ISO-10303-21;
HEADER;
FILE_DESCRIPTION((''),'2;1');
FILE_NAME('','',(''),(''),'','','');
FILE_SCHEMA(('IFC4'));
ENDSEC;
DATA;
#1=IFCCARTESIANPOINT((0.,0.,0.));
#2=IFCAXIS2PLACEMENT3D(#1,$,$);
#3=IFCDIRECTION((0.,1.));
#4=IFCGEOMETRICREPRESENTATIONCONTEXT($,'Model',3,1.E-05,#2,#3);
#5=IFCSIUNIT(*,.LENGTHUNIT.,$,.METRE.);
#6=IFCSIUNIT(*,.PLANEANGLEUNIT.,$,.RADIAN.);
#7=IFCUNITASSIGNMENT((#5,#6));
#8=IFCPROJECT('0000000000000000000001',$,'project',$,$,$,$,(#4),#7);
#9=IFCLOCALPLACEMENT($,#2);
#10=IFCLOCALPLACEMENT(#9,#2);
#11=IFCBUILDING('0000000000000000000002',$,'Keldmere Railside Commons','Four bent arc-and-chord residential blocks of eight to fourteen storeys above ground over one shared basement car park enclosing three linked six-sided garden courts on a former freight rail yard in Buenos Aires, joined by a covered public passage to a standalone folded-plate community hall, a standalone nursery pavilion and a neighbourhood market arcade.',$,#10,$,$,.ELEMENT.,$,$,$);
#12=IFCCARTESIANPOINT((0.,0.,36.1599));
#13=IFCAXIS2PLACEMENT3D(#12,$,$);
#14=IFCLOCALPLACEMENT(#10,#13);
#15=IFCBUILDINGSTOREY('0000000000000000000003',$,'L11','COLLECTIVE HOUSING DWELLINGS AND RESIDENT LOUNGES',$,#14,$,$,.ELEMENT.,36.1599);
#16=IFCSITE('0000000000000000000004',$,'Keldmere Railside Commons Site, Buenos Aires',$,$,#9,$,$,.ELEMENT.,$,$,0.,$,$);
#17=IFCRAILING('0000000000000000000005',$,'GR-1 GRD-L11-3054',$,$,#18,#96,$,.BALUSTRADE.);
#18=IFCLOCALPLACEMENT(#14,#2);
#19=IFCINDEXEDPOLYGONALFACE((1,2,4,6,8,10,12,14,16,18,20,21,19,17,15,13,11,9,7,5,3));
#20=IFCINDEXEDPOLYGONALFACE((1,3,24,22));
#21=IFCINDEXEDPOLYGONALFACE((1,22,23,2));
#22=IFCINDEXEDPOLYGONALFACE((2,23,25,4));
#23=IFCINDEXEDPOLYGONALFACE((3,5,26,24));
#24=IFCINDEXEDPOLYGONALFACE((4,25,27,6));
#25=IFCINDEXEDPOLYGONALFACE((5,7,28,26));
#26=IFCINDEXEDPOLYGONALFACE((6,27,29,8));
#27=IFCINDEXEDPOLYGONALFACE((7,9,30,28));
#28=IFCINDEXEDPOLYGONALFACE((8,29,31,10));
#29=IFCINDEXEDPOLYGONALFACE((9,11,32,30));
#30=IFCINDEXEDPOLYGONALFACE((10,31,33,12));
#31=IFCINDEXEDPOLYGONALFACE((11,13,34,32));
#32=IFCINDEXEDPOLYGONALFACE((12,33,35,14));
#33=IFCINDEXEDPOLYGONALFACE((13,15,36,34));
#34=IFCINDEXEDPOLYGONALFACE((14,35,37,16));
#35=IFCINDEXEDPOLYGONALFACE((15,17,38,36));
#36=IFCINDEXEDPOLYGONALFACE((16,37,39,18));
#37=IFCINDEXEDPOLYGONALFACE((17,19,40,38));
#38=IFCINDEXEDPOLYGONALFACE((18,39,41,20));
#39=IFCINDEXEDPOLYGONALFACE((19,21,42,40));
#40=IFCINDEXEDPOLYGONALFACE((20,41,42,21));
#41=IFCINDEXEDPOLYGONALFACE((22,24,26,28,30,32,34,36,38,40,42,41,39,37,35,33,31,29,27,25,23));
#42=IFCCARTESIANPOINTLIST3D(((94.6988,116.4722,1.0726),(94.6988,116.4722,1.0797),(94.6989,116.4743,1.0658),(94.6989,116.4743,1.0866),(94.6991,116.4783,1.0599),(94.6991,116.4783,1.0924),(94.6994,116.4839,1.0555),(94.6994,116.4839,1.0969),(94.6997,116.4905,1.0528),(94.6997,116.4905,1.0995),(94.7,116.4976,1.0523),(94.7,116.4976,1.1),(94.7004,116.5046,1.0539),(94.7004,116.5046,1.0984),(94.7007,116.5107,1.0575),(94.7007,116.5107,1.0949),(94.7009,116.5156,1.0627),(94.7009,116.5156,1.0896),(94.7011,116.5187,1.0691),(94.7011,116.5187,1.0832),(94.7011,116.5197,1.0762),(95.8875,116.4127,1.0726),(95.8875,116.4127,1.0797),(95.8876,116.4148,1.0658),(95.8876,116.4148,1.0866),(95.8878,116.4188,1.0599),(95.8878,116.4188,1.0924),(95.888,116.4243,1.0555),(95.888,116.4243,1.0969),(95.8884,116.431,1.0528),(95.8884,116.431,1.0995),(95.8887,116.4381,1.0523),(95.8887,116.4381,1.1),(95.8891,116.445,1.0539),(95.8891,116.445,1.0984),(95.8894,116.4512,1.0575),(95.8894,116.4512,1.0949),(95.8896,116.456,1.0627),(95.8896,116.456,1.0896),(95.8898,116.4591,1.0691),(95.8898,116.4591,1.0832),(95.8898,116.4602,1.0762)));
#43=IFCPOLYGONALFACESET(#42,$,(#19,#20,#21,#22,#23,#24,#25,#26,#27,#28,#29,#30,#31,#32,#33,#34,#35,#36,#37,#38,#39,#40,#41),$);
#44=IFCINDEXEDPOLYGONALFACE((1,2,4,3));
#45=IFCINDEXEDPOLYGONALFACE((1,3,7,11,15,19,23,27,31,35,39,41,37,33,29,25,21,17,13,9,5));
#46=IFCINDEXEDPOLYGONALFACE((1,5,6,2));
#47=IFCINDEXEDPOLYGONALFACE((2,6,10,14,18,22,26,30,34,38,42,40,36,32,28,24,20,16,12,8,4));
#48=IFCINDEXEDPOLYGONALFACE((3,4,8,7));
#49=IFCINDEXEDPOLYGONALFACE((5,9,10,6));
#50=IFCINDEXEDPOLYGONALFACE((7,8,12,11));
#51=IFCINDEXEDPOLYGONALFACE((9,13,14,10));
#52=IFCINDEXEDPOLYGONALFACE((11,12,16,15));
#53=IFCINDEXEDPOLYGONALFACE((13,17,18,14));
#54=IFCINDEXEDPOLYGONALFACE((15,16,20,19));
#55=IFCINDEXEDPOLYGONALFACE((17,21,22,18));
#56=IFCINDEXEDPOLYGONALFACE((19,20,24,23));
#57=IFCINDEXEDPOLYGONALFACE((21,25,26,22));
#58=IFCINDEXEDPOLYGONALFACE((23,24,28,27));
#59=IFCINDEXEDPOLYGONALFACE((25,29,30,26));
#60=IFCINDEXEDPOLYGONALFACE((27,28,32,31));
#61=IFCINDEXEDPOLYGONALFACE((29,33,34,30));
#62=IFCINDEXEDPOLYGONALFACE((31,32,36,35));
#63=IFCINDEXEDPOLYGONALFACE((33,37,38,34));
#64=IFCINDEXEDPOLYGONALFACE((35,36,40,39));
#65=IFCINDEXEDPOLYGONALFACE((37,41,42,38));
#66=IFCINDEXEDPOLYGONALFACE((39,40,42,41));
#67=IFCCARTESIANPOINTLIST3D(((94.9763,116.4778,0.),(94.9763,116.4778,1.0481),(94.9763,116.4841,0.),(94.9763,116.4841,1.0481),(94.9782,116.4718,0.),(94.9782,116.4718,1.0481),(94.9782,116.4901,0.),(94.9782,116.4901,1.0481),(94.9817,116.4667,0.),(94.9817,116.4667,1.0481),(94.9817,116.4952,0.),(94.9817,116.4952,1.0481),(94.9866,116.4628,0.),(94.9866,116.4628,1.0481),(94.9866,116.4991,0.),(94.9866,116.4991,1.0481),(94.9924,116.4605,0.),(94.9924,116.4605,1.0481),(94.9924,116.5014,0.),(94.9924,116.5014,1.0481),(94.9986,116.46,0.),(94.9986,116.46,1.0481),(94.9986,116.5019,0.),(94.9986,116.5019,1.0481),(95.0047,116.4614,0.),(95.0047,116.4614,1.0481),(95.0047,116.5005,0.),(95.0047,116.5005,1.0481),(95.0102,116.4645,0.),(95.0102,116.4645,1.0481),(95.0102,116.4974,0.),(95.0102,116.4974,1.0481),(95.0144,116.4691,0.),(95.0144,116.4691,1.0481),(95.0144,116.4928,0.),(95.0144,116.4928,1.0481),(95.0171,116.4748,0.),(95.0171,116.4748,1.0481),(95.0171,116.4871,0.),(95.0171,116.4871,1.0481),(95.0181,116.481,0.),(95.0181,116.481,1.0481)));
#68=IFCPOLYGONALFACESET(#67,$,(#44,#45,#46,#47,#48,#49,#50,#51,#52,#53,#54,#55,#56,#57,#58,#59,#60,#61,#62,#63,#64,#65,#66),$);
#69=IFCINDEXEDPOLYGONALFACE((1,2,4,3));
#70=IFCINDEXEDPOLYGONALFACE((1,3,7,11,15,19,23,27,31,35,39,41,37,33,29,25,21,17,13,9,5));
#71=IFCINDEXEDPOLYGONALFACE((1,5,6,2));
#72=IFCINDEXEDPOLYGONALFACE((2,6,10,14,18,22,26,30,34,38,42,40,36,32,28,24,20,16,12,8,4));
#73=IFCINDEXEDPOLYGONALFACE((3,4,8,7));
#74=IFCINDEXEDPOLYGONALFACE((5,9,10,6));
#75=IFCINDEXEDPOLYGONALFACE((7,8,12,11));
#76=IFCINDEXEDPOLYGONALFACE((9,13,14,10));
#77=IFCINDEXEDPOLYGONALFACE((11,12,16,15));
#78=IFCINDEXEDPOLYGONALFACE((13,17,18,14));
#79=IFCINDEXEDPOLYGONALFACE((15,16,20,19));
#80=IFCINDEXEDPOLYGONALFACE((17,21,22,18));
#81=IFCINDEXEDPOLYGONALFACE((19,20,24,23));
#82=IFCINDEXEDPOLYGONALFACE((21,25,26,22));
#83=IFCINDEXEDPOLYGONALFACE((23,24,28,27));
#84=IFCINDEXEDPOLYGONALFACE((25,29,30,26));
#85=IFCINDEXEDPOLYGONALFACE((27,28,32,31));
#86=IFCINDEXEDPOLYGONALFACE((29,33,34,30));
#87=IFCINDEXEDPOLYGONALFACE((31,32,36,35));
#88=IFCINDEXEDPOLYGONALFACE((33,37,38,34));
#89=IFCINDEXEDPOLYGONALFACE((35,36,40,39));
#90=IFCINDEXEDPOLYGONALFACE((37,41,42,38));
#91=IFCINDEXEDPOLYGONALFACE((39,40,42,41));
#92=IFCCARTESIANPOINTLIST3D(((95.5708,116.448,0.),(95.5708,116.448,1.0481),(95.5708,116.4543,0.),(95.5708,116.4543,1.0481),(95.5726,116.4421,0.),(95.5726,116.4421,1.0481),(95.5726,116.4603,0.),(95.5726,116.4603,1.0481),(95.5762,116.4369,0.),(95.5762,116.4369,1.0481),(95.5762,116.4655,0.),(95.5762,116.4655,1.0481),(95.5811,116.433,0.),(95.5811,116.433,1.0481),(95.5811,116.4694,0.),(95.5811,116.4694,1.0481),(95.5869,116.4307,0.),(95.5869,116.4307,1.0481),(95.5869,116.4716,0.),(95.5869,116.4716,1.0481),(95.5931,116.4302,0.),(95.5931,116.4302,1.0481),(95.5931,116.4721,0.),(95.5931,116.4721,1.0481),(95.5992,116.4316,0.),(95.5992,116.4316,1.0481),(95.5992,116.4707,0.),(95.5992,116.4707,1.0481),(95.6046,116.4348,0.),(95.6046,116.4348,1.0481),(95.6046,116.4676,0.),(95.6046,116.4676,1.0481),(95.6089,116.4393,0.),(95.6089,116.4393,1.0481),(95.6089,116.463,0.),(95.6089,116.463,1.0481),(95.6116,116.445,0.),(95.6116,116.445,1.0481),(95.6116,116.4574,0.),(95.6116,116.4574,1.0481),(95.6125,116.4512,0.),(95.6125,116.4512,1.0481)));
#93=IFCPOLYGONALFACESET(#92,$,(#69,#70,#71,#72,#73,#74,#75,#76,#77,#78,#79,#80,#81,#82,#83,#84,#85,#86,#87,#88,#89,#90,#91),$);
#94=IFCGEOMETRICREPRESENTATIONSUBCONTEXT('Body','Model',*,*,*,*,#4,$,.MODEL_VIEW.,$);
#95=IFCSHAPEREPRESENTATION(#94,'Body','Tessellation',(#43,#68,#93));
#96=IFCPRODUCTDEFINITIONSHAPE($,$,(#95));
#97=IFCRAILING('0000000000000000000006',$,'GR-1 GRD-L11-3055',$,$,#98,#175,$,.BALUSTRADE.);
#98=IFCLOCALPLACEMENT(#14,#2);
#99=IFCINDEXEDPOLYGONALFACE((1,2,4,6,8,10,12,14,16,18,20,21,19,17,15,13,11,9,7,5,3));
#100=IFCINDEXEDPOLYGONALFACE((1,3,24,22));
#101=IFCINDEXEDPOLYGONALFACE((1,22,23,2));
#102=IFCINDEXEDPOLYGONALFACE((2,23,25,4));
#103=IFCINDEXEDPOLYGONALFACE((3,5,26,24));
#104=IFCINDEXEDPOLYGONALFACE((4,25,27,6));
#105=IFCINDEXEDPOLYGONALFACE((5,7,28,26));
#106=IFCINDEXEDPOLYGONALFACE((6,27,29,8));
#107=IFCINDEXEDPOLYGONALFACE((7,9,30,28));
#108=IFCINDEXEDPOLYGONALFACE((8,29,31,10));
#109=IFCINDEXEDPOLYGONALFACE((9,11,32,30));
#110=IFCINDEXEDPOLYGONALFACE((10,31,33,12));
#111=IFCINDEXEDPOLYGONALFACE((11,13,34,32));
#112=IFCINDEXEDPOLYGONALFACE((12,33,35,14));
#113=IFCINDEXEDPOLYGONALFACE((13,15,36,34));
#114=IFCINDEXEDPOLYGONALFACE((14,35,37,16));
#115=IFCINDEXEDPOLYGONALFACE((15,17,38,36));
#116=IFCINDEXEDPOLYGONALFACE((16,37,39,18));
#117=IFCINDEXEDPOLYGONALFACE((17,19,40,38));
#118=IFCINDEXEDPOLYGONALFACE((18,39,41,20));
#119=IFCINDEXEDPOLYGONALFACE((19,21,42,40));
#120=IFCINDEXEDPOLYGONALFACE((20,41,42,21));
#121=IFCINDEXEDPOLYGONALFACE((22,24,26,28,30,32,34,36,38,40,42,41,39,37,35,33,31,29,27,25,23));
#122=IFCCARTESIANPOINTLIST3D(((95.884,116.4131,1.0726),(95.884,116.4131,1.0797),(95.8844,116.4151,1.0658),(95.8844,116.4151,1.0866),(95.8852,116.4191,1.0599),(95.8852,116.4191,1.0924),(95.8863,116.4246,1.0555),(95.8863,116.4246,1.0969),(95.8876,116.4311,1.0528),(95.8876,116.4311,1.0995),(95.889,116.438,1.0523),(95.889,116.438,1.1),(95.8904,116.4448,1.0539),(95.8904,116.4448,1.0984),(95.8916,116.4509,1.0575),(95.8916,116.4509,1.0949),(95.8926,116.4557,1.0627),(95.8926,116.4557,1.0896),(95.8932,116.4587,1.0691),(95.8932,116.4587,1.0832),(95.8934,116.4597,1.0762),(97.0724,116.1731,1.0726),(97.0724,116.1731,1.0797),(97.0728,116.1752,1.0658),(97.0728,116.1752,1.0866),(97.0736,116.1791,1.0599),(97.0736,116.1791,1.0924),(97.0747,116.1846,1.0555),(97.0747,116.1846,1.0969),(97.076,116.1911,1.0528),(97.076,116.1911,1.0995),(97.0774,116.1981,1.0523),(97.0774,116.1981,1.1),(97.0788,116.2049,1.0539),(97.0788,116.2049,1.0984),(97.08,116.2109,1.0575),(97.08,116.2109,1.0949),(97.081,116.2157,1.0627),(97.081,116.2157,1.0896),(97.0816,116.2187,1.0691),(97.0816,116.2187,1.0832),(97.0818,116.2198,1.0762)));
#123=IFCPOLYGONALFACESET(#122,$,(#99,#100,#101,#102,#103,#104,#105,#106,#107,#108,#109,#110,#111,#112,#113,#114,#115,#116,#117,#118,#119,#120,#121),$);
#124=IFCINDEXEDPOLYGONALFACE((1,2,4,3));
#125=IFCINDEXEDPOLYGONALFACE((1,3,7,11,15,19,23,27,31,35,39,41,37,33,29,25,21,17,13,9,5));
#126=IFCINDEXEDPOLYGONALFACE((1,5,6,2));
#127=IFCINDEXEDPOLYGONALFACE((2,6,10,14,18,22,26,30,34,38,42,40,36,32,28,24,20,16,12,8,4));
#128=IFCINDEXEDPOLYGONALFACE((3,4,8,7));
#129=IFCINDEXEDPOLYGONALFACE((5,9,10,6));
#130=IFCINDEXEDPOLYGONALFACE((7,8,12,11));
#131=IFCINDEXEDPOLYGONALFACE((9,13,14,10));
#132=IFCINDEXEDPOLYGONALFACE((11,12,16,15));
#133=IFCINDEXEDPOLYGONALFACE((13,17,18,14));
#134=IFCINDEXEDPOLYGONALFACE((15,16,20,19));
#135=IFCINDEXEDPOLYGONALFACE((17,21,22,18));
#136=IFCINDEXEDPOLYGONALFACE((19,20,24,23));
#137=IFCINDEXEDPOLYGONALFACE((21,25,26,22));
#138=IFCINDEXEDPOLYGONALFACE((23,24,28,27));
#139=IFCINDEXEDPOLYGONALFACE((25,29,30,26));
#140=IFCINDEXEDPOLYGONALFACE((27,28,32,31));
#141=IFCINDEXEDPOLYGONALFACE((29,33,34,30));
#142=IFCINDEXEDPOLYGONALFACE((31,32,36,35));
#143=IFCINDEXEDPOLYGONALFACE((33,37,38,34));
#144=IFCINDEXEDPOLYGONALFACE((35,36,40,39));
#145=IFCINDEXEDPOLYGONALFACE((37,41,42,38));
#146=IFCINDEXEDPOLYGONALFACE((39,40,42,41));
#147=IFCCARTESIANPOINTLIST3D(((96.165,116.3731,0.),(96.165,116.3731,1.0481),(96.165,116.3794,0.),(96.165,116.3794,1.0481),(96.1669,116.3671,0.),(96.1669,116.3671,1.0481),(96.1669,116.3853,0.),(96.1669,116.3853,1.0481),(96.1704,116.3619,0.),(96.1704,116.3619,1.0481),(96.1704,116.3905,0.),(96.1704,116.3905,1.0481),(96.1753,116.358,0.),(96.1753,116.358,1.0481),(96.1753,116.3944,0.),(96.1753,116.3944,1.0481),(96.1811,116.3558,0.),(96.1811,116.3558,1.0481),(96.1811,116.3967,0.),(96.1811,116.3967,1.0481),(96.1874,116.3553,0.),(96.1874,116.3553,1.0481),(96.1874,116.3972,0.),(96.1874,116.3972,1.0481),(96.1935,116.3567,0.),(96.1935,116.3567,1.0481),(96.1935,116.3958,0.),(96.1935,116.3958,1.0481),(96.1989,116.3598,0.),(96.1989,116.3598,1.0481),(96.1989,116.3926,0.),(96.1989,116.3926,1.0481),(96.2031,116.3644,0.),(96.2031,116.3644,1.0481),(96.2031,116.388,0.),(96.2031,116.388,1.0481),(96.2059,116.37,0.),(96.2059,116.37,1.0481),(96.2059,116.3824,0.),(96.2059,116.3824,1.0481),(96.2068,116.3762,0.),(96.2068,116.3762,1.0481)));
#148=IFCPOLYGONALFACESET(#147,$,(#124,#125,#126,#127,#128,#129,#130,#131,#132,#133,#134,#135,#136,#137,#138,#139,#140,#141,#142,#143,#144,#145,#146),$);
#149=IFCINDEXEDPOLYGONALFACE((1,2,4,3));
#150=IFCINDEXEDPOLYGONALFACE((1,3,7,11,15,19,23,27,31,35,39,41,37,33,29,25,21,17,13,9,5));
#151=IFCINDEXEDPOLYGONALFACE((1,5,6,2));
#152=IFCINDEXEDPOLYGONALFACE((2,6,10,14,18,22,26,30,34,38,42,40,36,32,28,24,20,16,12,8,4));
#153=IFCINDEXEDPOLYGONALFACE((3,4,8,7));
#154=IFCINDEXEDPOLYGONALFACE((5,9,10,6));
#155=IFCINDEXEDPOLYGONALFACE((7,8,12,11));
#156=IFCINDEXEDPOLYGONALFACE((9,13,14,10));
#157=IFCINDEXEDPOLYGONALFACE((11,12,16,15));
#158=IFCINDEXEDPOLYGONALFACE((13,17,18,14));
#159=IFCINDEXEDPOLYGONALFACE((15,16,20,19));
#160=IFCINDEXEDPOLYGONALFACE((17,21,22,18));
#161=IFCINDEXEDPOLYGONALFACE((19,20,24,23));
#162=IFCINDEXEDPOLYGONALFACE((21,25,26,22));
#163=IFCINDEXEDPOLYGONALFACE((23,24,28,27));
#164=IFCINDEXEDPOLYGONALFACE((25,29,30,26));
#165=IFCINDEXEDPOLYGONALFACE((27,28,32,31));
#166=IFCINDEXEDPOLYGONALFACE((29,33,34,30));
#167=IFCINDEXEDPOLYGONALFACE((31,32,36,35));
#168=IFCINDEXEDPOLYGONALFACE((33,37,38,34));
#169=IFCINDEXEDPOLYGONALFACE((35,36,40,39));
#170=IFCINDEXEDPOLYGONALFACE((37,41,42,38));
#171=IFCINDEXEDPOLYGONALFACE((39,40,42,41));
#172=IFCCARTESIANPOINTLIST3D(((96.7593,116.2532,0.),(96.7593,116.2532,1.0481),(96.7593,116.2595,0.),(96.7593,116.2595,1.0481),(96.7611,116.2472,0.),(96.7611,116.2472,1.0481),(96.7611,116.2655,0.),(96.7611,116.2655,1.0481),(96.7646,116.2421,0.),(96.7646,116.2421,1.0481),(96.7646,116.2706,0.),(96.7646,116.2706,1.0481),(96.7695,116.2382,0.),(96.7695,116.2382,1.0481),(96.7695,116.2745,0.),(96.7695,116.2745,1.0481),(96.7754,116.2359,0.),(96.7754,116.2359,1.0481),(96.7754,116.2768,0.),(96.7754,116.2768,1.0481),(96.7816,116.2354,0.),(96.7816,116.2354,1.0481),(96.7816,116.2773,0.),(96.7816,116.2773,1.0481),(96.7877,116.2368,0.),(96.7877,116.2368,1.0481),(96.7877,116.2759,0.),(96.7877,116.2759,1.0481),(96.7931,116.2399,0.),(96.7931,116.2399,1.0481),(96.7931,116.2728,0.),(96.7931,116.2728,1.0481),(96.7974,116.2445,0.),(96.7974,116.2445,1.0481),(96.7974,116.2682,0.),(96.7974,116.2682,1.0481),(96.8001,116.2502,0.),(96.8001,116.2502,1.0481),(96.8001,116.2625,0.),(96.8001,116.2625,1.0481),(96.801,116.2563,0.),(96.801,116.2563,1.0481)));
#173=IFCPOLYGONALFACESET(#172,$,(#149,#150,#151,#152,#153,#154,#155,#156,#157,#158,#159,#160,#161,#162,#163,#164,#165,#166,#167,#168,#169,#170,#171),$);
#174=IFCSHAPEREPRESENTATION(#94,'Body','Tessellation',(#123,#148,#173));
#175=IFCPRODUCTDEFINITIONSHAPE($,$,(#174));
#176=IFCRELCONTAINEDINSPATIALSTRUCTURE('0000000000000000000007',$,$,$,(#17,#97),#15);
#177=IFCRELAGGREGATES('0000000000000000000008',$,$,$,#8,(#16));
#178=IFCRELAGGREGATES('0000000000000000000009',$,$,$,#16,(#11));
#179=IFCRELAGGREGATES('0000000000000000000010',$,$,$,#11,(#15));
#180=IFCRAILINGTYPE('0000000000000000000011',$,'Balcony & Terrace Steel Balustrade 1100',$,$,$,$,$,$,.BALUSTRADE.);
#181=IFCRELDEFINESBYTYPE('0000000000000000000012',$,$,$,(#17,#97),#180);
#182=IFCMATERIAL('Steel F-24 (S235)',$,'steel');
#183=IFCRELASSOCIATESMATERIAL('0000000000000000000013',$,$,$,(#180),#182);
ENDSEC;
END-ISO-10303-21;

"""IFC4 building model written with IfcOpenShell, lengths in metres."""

from ifc_helpers import new_model, si_unit, direction, frame, origin, origin_2d, place, context, subcontext, project, spatial, circle, extrude, material, type_object, element, save


model = new_model("IFC4")

# Units and contexts
model_context = context("Model", 3, precision=1e-05, world=origin(), true_north=direction((0.0, 1.0)))
body_context = subcontext(model_context, "Body", "Model", "MODEL_VIEW")
ifc_project = project(units=[si_unit("LENGTHUNIT", "METRE"), si_unit("PLANEANGLEUNIT", "RADIAN")], contexts=[model_context])

# Site, building, storey
site_placement = place(None, origin())
site = spatial("IfcSite", under=ifc_project, at=site_placement, Name="Keldmere Railside Commons Site, Buenos Aires", CompositionType="ELEMENT", RefElevation=0.0)
building_placement = place(site_placement, origin())
building = spatial("IfcBuilding", under=site, at=building_placement, Name="Keldmere Railside Commons", Description="Four bent arc-and-chord residential blocks of eight to fourteen storeys above ground over one shared basement car park enclosing three linked six-sided garden courts on a former freight rail yard in Buenos Aires, joined by a covered public passage to a standalone folded-plate community hall, a standalone nursery pavilion and a neighbourhood market arcade.", CompositionType="ELEMENT")
storey_placement = place(building_placement, frame((0.0, 0.0, 36.1599)))
storey = spatial("IfcBuildingStorey", under=building, at=storey_placement, Name="L11", Description="COLLECTIVE HOUSING DWELLINGS AND RESIDENT LOUNGES", CompositionType="ELEMENT", Elevation=36.1599)

# Railings
ifc_material_1 = material(Name="Steel F-24 (S235)", Category="steel")
railing_type = type_object("IfcRailingType", Name="Balcony & Terrace Steel Balustrade 1100", PredefinedType="BALUSTRADE", material=ifc_material_1)
railing_1_placement = place(storey_placement, frame((94.7, 116.4958, 0.0)))
element("IfcRailing", 1, at=railing_1_placement, inside=storey, type_object=railing_type, Name="GR-1 GRD-L11-3054", PredefinedType="BALUSTRADE", context=body_context, shape_type="SweptSolid", body=[
    extrude(circle(Radius=0.0239, at=origin_2d()), frame((0.0, 0.0, 1.0762), z_axis=(0.998747, -0.05005, 0.0), x_axis=(0.05005, 0.998747, 0.0)), (0.0, 0.0, 1.0), 1.1902),
    extrude(circle(Radius=0.021, at=origin_2d()), frame((0.2971, -0.0149, 0.0)), (0.0, 0.0, 1.0), 1.0481),
    extrude(circle(Radius=0.021, at=origin_2d()), frame((0.8916, -0.0447, 0.0)), (0.0, 0.0, 1.0), 1.0481),
])
railing_2_placement = place(storey_placement, frame((95.8887, 116.4363, 0.0)))
element("IfcRailing", 2, at=railing_2_placement, inside=storey, type_object=railing_type, Name="GR-1 GRD-L11-3055", PredefinedType="BALUSTRADE", context=body_context, shape_type="SweptSolid", body=[
    extrude(circle(Radius=0.0239, at=origin_2d()), frame((0.0, 0.0, 1.0762), z_axis=(0.980215, -0.197936, 0.0), x_axis=(0.197936, 0.980215, 0.0)), (0.0, 0.0, 1.0), 1.2124),
    extrude(circle(Radius=0.021, at=origin_2d()), frame((0.2971, -0.0601, 0.0)), (0.0, 0.0, 1.0), 1.0481),
    extrude(circle(Radius=0.021, at=origin_2d()), frame((0.8914, -0.1799, 0.0)), (0.0, 0.0, 1.0), 1.0481),
])

save(model, "model.ifc")
